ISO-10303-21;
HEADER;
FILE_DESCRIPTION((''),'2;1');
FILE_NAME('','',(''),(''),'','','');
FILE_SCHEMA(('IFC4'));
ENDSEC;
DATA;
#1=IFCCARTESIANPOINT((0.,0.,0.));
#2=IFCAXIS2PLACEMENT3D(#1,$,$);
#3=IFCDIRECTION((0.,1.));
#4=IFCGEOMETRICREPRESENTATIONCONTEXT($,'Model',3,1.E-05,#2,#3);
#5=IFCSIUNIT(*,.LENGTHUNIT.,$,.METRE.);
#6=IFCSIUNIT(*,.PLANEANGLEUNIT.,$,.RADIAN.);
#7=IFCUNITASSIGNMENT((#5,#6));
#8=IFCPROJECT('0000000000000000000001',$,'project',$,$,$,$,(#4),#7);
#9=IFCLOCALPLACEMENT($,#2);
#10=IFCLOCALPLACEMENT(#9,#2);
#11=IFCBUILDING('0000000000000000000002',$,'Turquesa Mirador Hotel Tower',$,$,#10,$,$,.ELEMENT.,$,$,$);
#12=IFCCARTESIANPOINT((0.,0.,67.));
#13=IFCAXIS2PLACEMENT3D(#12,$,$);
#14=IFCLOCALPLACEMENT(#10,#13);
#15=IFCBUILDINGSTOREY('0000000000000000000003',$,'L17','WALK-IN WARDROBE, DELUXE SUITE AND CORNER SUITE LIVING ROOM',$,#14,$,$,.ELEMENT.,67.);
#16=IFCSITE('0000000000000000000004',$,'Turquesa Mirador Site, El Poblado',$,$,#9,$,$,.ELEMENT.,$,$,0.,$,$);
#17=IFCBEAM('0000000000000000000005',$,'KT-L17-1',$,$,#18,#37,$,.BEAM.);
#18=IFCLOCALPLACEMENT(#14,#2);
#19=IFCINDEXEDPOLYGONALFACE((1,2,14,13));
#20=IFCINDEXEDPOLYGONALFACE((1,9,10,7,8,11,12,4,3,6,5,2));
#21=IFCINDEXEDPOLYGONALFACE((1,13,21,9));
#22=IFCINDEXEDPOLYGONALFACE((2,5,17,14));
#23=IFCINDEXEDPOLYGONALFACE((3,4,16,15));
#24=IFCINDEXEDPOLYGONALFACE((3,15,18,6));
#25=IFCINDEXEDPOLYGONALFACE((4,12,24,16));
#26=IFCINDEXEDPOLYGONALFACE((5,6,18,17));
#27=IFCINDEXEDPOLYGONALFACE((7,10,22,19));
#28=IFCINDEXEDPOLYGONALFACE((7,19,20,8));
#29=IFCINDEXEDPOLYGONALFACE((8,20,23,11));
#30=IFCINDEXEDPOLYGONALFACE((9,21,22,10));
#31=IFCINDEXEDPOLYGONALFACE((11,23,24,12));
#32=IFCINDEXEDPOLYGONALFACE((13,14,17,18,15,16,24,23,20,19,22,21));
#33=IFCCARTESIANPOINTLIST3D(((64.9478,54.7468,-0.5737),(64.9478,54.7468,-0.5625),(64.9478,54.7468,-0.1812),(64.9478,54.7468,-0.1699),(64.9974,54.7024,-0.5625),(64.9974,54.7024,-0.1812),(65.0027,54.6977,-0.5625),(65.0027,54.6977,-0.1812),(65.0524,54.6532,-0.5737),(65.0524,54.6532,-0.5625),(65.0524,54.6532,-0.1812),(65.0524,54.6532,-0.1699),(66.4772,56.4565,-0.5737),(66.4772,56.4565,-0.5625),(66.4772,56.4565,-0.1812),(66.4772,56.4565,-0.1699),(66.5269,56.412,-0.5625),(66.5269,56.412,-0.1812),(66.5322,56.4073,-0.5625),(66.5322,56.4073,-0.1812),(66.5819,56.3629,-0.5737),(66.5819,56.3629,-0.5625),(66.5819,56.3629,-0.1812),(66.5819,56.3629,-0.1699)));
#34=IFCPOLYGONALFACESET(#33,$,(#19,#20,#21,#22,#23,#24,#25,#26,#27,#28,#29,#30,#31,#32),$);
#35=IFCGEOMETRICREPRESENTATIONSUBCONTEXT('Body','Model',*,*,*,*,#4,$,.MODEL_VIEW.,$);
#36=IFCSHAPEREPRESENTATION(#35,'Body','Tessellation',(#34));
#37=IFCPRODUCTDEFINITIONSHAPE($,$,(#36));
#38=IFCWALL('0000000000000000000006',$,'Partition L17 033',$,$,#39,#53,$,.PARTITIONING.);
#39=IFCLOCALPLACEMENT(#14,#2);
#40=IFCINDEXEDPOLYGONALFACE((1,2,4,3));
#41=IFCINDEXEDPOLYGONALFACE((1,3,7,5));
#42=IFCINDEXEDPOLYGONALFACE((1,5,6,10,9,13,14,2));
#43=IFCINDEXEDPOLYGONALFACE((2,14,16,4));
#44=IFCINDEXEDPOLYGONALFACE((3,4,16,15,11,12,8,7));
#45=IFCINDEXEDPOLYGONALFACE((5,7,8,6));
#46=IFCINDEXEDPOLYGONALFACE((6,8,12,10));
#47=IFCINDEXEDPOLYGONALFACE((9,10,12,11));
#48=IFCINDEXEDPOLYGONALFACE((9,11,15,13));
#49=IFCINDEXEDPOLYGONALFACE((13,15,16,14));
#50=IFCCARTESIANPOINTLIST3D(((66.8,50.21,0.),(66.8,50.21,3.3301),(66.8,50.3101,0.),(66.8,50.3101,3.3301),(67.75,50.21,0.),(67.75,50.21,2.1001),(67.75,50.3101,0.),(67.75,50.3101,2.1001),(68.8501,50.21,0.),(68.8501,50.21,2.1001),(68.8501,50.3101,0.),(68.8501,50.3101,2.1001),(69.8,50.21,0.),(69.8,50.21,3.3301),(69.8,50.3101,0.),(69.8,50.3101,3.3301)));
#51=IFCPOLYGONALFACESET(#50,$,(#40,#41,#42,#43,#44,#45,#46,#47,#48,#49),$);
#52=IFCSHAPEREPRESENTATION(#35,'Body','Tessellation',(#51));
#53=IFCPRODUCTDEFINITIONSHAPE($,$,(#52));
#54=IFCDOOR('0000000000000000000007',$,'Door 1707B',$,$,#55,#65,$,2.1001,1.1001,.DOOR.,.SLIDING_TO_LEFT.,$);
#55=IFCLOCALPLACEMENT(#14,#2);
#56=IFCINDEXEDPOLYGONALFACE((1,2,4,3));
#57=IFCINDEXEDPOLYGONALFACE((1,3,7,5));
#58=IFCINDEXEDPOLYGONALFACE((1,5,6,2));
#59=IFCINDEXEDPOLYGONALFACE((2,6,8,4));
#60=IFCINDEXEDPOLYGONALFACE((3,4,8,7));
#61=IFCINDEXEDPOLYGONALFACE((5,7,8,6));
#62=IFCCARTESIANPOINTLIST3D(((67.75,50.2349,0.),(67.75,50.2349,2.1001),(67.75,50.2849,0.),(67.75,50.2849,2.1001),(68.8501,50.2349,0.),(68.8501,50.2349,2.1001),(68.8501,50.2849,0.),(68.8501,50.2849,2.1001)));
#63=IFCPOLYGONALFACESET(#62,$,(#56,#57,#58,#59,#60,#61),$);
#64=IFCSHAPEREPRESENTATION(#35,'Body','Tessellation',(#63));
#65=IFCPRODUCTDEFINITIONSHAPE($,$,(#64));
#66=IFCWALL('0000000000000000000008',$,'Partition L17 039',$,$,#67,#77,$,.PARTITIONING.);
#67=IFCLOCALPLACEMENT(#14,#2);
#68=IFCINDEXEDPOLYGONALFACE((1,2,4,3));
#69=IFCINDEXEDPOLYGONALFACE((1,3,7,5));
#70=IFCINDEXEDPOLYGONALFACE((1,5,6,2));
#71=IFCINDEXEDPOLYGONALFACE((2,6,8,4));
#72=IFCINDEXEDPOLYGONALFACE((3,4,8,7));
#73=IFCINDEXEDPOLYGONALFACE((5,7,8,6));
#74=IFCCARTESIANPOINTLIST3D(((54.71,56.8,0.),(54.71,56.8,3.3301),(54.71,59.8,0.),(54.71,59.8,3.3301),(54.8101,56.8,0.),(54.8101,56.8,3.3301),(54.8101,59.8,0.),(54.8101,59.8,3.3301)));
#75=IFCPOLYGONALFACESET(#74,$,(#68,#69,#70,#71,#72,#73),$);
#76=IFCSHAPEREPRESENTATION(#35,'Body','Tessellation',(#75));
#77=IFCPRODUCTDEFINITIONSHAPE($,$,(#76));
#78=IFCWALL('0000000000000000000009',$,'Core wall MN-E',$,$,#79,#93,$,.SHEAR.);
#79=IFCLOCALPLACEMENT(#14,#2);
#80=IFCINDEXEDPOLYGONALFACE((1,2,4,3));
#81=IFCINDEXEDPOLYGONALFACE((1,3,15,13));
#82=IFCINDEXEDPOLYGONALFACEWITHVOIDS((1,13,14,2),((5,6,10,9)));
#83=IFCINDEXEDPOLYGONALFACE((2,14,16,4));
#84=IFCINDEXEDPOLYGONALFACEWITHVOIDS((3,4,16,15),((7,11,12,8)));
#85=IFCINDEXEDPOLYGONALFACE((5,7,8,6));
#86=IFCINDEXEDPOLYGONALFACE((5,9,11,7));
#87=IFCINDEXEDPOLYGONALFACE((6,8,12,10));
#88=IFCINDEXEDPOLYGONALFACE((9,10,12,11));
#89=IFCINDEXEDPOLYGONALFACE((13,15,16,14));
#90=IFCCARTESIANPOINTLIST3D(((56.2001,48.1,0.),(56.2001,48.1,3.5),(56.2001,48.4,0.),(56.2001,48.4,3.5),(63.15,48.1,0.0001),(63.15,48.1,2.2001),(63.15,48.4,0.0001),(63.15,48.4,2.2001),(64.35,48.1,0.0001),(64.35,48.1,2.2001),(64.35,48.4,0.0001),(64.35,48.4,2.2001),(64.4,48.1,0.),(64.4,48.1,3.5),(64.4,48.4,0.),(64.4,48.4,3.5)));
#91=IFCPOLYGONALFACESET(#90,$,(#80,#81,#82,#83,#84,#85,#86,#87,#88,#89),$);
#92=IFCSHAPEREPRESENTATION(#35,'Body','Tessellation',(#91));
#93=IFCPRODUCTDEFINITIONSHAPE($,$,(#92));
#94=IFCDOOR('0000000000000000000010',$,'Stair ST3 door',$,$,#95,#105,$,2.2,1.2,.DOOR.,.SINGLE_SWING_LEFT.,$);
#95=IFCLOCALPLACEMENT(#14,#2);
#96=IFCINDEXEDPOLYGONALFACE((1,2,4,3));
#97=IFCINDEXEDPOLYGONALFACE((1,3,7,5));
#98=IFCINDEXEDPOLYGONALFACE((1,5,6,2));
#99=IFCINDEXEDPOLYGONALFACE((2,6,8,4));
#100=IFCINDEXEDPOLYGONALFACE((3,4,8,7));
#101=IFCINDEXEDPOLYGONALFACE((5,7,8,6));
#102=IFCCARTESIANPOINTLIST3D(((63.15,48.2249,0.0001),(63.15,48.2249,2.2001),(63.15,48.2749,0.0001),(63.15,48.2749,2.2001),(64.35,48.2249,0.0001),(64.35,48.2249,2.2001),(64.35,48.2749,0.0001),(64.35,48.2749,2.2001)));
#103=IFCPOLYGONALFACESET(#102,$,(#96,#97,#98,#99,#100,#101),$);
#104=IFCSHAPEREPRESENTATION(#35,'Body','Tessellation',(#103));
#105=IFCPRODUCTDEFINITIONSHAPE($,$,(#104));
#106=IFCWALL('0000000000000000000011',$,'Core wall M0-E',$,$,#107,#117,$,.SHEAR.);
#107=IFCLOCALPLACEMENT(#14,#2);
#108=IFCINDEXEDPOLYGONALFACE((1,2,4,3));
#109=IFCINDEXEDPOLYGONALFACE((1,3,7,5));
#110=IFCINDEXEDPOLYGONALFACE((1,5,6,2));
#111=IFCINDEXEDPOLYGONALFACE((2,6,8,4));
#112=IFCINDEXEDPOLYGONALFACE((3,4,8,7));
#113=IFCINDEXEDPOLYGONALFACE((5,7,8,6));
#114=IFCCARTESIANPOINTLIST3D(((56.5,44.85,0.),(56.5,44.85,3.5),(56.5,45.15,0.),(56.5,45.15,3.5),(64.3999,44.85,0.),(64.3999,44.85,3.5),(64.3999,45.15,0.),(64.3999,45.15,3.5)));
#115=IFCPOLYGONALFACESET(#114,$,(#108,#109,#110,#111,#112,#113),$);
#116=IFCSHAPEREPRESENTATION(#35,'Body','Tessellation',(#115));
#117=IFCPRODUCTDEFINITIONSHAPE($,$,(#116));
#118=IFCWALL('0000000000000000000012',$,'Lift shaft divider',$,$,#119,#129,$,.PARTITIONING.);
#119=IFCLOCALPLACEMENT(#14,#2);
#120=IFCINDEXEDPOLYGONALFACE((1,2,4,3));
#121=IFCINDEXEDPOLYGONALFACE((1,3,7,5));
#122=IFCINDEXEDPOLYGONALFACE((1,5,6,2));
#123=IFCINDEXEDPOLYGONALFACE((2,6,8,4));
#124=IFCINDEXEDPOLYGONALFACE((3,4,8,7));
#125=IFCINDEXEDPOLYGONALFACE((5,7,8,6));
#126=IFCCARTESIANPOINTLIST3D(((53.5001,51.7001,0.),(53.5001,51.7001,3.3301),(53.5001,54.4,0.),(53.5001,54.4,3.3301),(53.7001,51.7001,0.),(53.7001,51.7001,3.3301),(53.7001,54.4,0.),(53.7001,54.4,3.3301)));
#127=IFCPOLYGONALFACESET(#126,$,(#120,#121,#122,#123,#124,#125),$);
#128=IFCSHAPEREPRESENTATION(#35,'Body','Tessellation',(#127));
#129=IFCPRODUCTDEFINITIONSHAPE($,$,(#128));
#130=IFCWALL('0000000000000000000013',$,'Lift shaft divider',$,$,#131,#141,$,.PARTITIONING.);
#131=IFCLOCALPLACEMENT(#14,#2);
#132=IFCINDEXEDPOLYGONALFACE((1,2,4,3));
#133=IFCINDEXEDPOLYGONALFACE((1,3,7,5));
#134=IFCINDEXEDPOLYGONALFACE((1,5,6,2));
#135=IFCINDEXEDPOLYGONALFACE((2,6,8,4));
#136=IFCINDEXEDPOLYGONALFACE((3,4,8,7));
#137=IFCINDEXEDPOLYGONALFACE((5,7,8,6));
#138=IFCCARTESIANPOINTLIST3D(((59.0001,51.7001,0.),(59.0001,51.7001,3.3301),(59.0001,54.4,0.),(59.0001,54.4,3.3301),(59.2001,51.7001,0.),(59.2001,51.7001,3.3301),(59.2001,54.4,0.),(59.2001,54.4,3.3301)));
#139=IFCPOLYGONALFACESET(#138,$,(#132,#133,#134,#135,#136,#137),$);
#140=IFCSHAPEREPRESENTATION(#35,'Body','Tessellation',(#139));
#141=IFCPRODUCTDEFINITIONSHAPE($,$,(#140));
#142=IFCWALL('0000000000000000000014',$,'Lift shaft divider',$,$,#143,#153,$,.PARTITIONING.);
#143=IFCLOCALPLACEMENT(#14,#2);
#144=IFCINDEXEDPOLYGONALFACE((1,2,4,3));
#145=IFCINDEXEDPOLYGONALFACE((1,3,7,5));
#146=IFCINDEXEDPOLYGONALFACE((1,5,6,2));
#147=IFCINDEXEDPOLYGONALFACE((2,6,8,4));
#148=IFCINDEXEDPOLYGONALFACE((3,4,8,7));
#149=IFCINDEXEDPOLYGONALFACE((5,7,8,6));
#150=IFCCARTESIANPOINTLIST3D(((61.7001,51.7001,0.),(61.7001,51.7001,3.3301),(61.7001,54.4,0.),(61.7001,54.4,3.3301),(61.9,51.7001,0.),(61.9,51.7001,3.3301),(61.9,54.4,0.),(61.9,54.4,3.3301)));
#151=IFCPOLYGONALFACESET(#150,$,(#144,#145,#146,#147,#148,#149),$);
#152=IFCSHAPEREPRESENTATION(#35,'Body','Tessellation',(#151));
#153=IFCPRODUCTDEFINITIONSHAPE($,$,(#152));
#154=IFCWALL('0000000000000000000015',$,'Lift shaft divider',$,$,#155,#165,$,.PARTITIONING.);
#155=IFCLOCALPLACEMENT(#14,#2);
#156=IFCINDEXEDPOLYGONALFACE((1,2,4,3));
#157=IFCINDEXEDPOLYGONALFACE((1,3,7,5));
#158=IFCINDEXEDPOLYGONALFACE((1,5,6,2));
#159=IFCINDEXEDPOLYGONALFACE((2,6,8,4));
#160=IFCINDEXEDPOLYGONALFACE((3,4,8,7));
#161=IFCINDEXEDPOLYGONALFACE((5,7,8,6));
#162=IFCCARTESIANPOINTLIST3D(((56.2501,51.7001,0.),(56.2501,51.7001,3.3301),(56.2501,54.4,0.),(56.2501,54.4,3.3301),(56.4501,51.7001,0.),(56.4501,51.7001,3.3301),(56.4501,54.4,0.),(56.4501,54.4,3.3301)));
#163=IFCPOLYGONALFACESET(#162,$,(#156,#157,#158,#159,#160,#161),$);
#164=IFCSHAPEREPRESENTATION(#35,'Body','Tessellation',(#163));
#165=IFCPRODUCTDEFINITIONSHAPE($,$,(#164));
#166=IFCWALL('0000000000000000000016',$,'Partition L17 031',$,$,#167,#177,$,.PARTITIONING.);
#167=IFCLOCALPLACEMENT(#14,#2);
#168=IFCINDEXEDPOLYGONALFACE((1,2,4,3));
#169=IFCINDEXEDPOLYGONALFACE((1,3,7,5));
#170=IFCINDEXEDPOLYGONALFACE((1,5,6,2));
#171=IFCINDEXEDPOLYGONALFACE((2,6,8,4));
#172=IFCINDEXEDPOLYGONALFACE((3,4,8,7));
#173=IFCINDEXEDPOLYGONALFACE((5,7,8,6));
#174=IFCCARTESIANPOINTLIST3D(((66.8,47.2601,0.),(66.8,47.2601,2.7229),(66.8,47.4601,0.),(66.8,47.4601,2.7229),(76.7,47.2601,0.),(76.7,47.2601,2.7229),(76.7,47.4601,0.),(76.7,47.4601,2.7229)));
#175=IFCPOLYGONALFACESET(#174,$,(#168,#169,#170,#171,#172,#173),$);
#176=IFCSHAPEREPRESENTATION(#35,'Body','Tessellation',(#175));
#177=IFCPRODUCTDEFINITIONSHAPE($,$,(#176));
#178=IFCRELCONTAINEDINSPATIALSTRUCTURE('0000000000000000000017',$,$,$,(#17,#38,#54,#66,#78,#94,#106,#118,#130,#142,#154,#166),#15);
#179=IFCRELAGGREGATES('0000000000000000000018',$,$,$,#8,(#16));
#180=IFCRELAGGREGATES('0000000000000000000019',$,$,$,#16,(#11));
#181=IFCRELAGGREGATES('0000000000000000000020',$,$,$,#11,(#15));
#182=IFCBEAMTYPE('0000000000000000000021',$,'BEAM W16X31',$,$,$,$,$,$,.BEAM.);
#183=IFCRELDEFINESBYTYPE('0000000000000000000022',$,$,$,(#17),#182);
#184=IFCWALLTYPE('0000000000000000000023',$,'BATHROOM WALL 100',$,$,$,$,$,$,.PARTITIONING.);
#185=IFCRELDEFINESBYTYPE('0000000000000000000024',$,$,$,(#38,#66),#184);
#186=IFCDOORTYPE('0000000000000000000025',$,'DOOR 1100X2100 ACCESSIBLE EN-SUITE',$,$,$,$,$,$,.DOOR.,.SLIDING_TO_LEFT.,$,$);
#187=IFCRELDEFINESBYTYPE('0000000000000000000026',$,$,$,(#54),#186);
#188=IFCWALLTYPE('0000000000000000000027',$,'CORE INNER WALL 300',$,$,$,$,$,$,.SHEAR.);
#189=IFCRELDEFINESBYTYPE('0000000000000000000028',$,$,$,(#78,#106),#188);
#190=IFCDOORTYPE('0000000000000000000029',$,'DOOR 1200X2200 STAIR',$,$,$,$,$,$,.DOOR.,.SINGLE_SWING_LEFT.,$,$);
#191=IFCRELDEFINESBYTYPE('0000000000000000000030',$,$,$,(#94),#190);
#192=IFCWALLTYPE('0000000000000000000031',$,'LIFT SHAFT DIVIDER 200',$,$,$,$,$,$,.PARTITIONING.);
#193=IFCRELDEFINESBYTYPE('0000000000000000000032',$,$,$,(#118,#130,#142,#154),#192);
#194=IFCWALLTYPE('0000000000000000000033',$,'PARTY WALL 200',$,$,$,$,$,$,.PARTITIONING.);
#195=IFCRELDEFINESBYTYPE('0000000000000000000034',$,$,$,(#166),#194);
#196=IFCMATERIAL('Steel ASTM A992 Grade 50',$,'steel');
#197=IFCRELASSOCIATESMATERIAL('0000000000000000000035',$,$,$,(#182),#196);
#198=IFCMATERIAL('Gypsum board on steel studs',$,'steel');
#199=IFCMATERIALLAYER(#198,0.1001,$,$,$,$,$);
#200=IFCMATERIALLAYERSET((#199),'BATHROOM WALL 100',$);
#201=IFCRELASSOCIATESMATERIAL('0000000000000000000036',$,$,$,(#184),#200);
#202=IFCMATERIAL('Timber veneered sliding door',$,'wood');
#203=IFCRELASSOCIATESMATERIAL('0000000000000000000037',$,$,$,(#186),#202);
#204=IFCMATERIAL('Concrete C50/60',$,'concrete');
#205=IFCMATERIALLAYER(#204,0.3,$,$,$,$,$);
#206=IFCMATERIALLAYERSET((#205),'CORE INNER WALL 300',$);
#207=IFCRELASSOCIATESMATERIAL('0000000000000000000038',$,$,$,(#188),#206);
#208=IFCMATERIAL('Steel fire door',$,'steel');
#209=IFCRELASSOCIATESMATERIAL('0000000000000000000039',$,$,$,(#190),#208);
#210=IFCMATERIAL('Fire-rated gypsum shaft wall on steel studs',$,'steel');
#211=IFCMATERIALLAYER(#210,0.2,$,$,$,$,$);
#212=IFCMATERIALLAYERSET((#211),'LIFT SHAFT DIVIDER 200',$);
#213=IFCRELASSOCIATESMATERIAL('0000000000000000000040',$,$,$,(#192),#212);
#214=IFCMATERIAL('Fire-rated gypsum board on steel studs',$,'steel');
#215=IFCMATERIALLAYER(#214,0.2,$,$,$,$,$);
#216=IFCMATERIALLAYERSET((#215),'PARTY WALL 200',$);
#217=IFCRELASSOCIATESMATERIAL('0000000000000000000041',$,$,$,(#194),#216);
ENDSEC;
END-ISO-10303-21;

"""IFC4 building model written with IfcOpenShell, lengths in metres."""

from ifc_helpers import new_model, si_unit, direction, frame, frame_2d, origin, origin_2d, place, context, subcontext, project, spatial, rectangle, i_section, extrude, material, layer, layer_set, material_profile, profile_set, type_object, element, fill, save


model = new_model("IFC4")

# Units and contexts
model_context = context("Model", 3, precision=1e-05, world=origin(), true_north=direction((0.0, 1.0)))
body_context = subcontext(model_context, "Body", "Model", "MODEL_VIEW")
ifc_project = project(units=[si_unit("LENGTHUNIT", "METRE"), si_unit("PLANEANGLEUNIT", "RADIAN")], contexts=[model_context])

# Site, building, storey
site_placement = place(None, origin())
site = spatial("IfcSite", under=ifc_project, at=site_placement, Name="Turquesa Mirador Site, El Poblado", CompositionType="ELEMENT", RefElevation=0.0)
building_placement = place(site_placement, origin())
building = spatial("IfcBuilding", under=site, at=building_placement, Name="Turquesa Mirador Hotel Tower", CompositionType="ELEMENT")
storey_placement = place(building_placement, frame((0.0, 0.0, 67.0)))
storey = spatial("IfcBuildingStorey", under=building, at=storey_placement, Name="L17", Description="WALK-IN WARDROBE, DELUXE SUITE AND CORNER SUITE LIVING ROOM", CompositionType="ELEMENT", Elevation=67.0)

# Beam
ifc_material_1 = material(Name="Steel ASTM A992 Grade 50", Category="steel")
ifc_material_profile = material_profile(ifc_material_1, i_section(OverallWidth=0.1404, OverallDepth=0.4038, WebThickness=0.0071, FlangeThickness=0.0112, at=origin_2d()), Name="W16X31")
ifc_profile_set = profile_set([ifc_material_profile], Name="Steel ASTM A992 Grade 50")
beam_type = type_object("IfcBeamType", Name="BEAM W16X31", PredefinedType="BEAM", material=ifc_profile_set)
beam_placement = place(storey_placement, frame((66.5295, 56.4097, -0.3718), z_axis=(-0.666745, -0.745286, 0.0), x_axis=(0.745286, -0.666745, 0.0)))
element("IfcBeam", 1, at=beam_placement, inside=storey, type_object=beam_type, Name="KT-L17-1", PredefinedType="BEAM", context=body_context, shape_type="SweptSolid", body=[
    extrude(i_section(OverallWidth=0.1404, OverallDepth=0.4038, WebThickness=0.0071, FlangeThickness=0.0112, at=origin_2d()), origin(), (0.0, 0.0, 1.0), 2.2939),
])

# Wall, opening, door
ifc_material_2 = material(Name="Gypsum board on steel studs", Category="steel")
ifc_layer_1 = layer(ifc_material_2, 0.1001)
ifc_layer_set_1 = layer_set([ifc_layer_1], Name="BATHROOM WALL 100")
wall_type_1 = type_object("IfcWallType", Name="BATHROOM WALL 100", PredefinedType="PARTITIONING", material=ifc_layer_set_1)
wall_1_placement = place(storey_placement, frame((66.8, 50.26, 0.0), z_axis=(0.0, 0.0, 1.0), x_axis=(1.0, 0.0, 0.0)))
wall_1 = element("IfcWall", 2, at=wall_1_placement, inside=storey, type_object=wall_type_1, Name="Partition L17 033", PredefinedType="PARTITIONING", context=body_context, shape_type="SweptSolid", body=[
    extrude(rectangle(XDim=3.0, YDim=0.1001, at=frame_2d((1.5, 0.0))), origin(), (0.0, 0.0, 1.0), 3.3301),
])
opening_1_placement = place(wall_1_placement, frame((0.95, 0.0, 0.0)))
opening_1 = element("IfcOpeningElement", 3, at=opening_1_placement, cuts=wall_1, PredefinedType="OPENING", context=body_context, shape_type="SweptSolid", body=[
    extrude(rectangle(XDim=1.1001, YDim=2.1001, at=frame_2d((0.55, 1.05))), frame((0.0, 0.0601, 0.0), z_axis=(0.0, -1.0, 0.0), x_axis=(1.0, 0.0, 0.0)), (0.0, 0.0, 1.0), 0.1201),
])
ifc_material_3 = material(Name="Timber veneered sliding door", Category="wood")
door_type_1 = type_object("IfcDoorType", Name="DOOR 1100X2100 ACCESSIBLE EN-SUITE", OperationType="SLIDING_TO_LEFT", PredefinedType="DOOR", material=ifc_material_3)
door_1_placement = place(opening_1_placement, origin())
door_1 = element("IfcDoor", 4, at=door_1_placement, inside=storey, type_object=door_type_1, Name="Door 1707B", OperationType="SLIDING_TO_LEFT", OverallHeight=2.1001, OverallWidth=1.1001, PredefinedType="DOOR", context=body_context, shape_type="SweptSolid", body=[
    extrude(rectangle(XDim=1.1001, YDim=2.1001, at=frame_2d((0.55, 1.05))), frame((0.0, 0.0249, 0.0), z_axis=(0.0, -1.0, 0.0), x_axis=(1.0, 0.0, 0.0)), (0.0, 0.0, 1.0), 0.05),
])
fill(opening_1, door_1)

# Wall
wall_2_placement = place(storey_placement, frame((54.76, 56.8, 0.0), z_axis=(0.0, 0.0, 1.0), x_axis=(0.0, 1.0, 0.0)))
element("IfcWall", 5, at=wall_2_placement, inside=storey, type_object=wall_type_1, Name="Partition L17 039", PredefinedType="PARTITIONING", context=body_context, shape_type="SweptSolid", body=[
    extrude(rectangle(XDim=3.0, YDim=0.1001, at=frame_2d((1.5, 0.0))), origin(), (0.0, 0.0, 1.0), 3.3301),
])

# Wall, opening, door
ifc_material_4 = material(Name="Concrete C50/60", Category="concrete")
ifc_layer_2 = layer(ifc_material_4, 0.3)
ifc_layer_set_2 = layer_set([ifc_layer_2], Name="CORE INNER WALL 300")
wall_type_2 = type_object("IfcWallType", Name="CORE INNER WALL 300", PredefinedType="SHEAR", material=ifc_layer_set_2)
wall_3_placement = place(storey_placement, frame((56.2, 48.25, 0.0), z_axis=(0.0, 0.0, 1.0), x_axis=(1.0, 0.0, 0.0)))
wall_3 = element("IfcWall", 6, at=wall_3_placement, inside=storey, type_object=wall_type_2, Name="Core wall MN-E", PredefinedType="SHEAR", context=body_context, shape_type="SweptSolid", body=[
    extrude(rectangle(XDim=8.2, YDim=0.3, at=frame_2d((4.1001, 0.0))), origin(), (0.0, 0.0, 1.0), 3.5),
])
opening_2_placement = place(wall_3_placement, frame((6.95, 0.0, 0.0)))
opening_2 = element("IfcOpeningElement", 7, at=opening_2_placement, cuts=wall_3, PredefinedType="OPENING", context=body_context, shape_type="SweptSolid", body=[
    extrude(rectangle(XDim=1.2, YDim=2.2, at=frame_2d((0.6001, 1.1001))), frame((0.0, 0.1599, 0.0), z_axis=(0.0, -1.0, 0.0), x_axis=(1.0, 0.0, 0.0)), (0.0, 0.0, 1.0), 0.3201),
])
ifc_material_5 = material(Name="Steel fire door", Category="steel")
door_type_2 = type_object("IfcDoorType", Name="DOOR 1200X2200 STAIR", OperationType="SINGLE_SWING_LEFT", PredefinedType="DOOR", material=ifc_material_5)
door_2_placement = place(opening_2_placement, origin())
door_2 = element("IfcDoor", 8, at=door_2_placement, inside=storey, type_object=door_type_2, Name="Stair ST3 door", OperationType="SINGLE_SWING_LEFT", OverallHeight=2.2, OverallWidth=1.2, PredefinedType="DOOR", context=body_context, shape_type="SweptSolid", body=[
    extrude(rectangle(XDim=1.2, YDim=2.2, at=frame_2d((0.6001, 1.1001))), frame((0.0, 0.0249, 0.0), z_axis=(0.0, -1.0, 0.0), x_axis=(1.0, 0.0, 0.0)), (0.0, 0.0, 1.0), 0.05),
])
fill(opening_2, door_2)

# Walls
wall_4_placement = place(storey_placement, frame((56.5, 45.0, 0.0), z_axis=(0.0, 0.0, 1.0), x_axis=(1.0, 0.0, 0.0)))
element("IfcWall", 9, at=wall_4_placement, inside=storey, type_object=wall_type_2, Name="Core wall M0-E", PredefinedType="SHEAR", context=body_context, shape_type="SweptSolid", body=[
    extrude(rectangle(XDim=7.8999, YDim=0.3, at=frame_2d((3.95, 0.0))), origin(), (0.0, 0.0, 1.0), 3.5),
])
ifc_material_6 = material(Name="Fire-rated gypsum shaft wall on steel studs", Category="steel")
ifc_layer_3 = layer(ifc_material_6, 0.2)
ifc_layer_set_3 = layer_set([ifc_layer_3], Name="LIFT SHAFT DIVIDER 200")
wall_type_3 = type_object("IfcWallType", Name="LIFT SHAFT DIVIDER 200", PredefinedType="PARTITIONING", material=ifc_layer_set_3)
for number, where, z_axis, x_axis, name in (
    (10, (53.6001, 51.7, 0.0), (0.0, 0.0, 1.0), (0.0, 1.0, 0.0), "Lift shaft divider"),
    (11, (59.1001, 51.7, 0.0), (0.0, 0.0, 1.0), (0.0, 1.0, 0.0), "Lift shaft divider"),
    (12, (61.8, 51.7, 0.0), (0.0, 0.0, 1.0), (0.0, 1.0, 0.0), "Lift shaft divider"),
    (13, (56.3501, 51.7, 0.0), (0.0, 0.0, 1.0), (0.0, 1.0, 0.0), "Lift shaft divider"),
):
    element("IfcWall", number, at=place(storey_placement, frame(where, z_axis=z_axis, x_axis=x_axis)), inside=storey, type_object=wall_type_3, Name=name, PredefinedType="PARTITIONING", context=body_context, shape_type="SweptSolid", body=[
        extrude(rectangle(XDim=2.7, YDim=0.2, at=frame_2d((1.3501, 0.0))), origin(), (0.0, 0.0, 1.0), 3.3301),
    ])
ifc_material_7 = material(Name="Fire-rated gypsum board on steel studs", Category="steel")
ifc_layer_4 = layer(ifc_material_7, 0.2)
ifc_layer_set_4 = layer_set([ifc_layer_4], Name="PARTY WALL 200")
wall_type_4 = type_object("IfcWallType", Name="PARTY WALL 200", PredefinedType="PARTITIONING", material=ifc_layer_set_4)
wall_5_placement = place(storey_placement, frame((66.8, 47.3601, 0.0), z_axis=(0.0, 0.0, 1.0), x_axis=(1.0, 0.0, 0.0)))
element("IfcWall", 14, at=wall_5_placement, inside=storey, type_object=wall_type_4, Name="Partition L17 031", PredefinedType="PARTITIONING", context=body_context, shape_type="SweptSolid", body=[
    extrude(rectangle(XDim=9.8999, YDim=0.2, at=frame_2d((4.95, 0.0))), origin(), (0.0, 0.0, 1.0), 2.7229),
])

save(model, "model.ifc")
